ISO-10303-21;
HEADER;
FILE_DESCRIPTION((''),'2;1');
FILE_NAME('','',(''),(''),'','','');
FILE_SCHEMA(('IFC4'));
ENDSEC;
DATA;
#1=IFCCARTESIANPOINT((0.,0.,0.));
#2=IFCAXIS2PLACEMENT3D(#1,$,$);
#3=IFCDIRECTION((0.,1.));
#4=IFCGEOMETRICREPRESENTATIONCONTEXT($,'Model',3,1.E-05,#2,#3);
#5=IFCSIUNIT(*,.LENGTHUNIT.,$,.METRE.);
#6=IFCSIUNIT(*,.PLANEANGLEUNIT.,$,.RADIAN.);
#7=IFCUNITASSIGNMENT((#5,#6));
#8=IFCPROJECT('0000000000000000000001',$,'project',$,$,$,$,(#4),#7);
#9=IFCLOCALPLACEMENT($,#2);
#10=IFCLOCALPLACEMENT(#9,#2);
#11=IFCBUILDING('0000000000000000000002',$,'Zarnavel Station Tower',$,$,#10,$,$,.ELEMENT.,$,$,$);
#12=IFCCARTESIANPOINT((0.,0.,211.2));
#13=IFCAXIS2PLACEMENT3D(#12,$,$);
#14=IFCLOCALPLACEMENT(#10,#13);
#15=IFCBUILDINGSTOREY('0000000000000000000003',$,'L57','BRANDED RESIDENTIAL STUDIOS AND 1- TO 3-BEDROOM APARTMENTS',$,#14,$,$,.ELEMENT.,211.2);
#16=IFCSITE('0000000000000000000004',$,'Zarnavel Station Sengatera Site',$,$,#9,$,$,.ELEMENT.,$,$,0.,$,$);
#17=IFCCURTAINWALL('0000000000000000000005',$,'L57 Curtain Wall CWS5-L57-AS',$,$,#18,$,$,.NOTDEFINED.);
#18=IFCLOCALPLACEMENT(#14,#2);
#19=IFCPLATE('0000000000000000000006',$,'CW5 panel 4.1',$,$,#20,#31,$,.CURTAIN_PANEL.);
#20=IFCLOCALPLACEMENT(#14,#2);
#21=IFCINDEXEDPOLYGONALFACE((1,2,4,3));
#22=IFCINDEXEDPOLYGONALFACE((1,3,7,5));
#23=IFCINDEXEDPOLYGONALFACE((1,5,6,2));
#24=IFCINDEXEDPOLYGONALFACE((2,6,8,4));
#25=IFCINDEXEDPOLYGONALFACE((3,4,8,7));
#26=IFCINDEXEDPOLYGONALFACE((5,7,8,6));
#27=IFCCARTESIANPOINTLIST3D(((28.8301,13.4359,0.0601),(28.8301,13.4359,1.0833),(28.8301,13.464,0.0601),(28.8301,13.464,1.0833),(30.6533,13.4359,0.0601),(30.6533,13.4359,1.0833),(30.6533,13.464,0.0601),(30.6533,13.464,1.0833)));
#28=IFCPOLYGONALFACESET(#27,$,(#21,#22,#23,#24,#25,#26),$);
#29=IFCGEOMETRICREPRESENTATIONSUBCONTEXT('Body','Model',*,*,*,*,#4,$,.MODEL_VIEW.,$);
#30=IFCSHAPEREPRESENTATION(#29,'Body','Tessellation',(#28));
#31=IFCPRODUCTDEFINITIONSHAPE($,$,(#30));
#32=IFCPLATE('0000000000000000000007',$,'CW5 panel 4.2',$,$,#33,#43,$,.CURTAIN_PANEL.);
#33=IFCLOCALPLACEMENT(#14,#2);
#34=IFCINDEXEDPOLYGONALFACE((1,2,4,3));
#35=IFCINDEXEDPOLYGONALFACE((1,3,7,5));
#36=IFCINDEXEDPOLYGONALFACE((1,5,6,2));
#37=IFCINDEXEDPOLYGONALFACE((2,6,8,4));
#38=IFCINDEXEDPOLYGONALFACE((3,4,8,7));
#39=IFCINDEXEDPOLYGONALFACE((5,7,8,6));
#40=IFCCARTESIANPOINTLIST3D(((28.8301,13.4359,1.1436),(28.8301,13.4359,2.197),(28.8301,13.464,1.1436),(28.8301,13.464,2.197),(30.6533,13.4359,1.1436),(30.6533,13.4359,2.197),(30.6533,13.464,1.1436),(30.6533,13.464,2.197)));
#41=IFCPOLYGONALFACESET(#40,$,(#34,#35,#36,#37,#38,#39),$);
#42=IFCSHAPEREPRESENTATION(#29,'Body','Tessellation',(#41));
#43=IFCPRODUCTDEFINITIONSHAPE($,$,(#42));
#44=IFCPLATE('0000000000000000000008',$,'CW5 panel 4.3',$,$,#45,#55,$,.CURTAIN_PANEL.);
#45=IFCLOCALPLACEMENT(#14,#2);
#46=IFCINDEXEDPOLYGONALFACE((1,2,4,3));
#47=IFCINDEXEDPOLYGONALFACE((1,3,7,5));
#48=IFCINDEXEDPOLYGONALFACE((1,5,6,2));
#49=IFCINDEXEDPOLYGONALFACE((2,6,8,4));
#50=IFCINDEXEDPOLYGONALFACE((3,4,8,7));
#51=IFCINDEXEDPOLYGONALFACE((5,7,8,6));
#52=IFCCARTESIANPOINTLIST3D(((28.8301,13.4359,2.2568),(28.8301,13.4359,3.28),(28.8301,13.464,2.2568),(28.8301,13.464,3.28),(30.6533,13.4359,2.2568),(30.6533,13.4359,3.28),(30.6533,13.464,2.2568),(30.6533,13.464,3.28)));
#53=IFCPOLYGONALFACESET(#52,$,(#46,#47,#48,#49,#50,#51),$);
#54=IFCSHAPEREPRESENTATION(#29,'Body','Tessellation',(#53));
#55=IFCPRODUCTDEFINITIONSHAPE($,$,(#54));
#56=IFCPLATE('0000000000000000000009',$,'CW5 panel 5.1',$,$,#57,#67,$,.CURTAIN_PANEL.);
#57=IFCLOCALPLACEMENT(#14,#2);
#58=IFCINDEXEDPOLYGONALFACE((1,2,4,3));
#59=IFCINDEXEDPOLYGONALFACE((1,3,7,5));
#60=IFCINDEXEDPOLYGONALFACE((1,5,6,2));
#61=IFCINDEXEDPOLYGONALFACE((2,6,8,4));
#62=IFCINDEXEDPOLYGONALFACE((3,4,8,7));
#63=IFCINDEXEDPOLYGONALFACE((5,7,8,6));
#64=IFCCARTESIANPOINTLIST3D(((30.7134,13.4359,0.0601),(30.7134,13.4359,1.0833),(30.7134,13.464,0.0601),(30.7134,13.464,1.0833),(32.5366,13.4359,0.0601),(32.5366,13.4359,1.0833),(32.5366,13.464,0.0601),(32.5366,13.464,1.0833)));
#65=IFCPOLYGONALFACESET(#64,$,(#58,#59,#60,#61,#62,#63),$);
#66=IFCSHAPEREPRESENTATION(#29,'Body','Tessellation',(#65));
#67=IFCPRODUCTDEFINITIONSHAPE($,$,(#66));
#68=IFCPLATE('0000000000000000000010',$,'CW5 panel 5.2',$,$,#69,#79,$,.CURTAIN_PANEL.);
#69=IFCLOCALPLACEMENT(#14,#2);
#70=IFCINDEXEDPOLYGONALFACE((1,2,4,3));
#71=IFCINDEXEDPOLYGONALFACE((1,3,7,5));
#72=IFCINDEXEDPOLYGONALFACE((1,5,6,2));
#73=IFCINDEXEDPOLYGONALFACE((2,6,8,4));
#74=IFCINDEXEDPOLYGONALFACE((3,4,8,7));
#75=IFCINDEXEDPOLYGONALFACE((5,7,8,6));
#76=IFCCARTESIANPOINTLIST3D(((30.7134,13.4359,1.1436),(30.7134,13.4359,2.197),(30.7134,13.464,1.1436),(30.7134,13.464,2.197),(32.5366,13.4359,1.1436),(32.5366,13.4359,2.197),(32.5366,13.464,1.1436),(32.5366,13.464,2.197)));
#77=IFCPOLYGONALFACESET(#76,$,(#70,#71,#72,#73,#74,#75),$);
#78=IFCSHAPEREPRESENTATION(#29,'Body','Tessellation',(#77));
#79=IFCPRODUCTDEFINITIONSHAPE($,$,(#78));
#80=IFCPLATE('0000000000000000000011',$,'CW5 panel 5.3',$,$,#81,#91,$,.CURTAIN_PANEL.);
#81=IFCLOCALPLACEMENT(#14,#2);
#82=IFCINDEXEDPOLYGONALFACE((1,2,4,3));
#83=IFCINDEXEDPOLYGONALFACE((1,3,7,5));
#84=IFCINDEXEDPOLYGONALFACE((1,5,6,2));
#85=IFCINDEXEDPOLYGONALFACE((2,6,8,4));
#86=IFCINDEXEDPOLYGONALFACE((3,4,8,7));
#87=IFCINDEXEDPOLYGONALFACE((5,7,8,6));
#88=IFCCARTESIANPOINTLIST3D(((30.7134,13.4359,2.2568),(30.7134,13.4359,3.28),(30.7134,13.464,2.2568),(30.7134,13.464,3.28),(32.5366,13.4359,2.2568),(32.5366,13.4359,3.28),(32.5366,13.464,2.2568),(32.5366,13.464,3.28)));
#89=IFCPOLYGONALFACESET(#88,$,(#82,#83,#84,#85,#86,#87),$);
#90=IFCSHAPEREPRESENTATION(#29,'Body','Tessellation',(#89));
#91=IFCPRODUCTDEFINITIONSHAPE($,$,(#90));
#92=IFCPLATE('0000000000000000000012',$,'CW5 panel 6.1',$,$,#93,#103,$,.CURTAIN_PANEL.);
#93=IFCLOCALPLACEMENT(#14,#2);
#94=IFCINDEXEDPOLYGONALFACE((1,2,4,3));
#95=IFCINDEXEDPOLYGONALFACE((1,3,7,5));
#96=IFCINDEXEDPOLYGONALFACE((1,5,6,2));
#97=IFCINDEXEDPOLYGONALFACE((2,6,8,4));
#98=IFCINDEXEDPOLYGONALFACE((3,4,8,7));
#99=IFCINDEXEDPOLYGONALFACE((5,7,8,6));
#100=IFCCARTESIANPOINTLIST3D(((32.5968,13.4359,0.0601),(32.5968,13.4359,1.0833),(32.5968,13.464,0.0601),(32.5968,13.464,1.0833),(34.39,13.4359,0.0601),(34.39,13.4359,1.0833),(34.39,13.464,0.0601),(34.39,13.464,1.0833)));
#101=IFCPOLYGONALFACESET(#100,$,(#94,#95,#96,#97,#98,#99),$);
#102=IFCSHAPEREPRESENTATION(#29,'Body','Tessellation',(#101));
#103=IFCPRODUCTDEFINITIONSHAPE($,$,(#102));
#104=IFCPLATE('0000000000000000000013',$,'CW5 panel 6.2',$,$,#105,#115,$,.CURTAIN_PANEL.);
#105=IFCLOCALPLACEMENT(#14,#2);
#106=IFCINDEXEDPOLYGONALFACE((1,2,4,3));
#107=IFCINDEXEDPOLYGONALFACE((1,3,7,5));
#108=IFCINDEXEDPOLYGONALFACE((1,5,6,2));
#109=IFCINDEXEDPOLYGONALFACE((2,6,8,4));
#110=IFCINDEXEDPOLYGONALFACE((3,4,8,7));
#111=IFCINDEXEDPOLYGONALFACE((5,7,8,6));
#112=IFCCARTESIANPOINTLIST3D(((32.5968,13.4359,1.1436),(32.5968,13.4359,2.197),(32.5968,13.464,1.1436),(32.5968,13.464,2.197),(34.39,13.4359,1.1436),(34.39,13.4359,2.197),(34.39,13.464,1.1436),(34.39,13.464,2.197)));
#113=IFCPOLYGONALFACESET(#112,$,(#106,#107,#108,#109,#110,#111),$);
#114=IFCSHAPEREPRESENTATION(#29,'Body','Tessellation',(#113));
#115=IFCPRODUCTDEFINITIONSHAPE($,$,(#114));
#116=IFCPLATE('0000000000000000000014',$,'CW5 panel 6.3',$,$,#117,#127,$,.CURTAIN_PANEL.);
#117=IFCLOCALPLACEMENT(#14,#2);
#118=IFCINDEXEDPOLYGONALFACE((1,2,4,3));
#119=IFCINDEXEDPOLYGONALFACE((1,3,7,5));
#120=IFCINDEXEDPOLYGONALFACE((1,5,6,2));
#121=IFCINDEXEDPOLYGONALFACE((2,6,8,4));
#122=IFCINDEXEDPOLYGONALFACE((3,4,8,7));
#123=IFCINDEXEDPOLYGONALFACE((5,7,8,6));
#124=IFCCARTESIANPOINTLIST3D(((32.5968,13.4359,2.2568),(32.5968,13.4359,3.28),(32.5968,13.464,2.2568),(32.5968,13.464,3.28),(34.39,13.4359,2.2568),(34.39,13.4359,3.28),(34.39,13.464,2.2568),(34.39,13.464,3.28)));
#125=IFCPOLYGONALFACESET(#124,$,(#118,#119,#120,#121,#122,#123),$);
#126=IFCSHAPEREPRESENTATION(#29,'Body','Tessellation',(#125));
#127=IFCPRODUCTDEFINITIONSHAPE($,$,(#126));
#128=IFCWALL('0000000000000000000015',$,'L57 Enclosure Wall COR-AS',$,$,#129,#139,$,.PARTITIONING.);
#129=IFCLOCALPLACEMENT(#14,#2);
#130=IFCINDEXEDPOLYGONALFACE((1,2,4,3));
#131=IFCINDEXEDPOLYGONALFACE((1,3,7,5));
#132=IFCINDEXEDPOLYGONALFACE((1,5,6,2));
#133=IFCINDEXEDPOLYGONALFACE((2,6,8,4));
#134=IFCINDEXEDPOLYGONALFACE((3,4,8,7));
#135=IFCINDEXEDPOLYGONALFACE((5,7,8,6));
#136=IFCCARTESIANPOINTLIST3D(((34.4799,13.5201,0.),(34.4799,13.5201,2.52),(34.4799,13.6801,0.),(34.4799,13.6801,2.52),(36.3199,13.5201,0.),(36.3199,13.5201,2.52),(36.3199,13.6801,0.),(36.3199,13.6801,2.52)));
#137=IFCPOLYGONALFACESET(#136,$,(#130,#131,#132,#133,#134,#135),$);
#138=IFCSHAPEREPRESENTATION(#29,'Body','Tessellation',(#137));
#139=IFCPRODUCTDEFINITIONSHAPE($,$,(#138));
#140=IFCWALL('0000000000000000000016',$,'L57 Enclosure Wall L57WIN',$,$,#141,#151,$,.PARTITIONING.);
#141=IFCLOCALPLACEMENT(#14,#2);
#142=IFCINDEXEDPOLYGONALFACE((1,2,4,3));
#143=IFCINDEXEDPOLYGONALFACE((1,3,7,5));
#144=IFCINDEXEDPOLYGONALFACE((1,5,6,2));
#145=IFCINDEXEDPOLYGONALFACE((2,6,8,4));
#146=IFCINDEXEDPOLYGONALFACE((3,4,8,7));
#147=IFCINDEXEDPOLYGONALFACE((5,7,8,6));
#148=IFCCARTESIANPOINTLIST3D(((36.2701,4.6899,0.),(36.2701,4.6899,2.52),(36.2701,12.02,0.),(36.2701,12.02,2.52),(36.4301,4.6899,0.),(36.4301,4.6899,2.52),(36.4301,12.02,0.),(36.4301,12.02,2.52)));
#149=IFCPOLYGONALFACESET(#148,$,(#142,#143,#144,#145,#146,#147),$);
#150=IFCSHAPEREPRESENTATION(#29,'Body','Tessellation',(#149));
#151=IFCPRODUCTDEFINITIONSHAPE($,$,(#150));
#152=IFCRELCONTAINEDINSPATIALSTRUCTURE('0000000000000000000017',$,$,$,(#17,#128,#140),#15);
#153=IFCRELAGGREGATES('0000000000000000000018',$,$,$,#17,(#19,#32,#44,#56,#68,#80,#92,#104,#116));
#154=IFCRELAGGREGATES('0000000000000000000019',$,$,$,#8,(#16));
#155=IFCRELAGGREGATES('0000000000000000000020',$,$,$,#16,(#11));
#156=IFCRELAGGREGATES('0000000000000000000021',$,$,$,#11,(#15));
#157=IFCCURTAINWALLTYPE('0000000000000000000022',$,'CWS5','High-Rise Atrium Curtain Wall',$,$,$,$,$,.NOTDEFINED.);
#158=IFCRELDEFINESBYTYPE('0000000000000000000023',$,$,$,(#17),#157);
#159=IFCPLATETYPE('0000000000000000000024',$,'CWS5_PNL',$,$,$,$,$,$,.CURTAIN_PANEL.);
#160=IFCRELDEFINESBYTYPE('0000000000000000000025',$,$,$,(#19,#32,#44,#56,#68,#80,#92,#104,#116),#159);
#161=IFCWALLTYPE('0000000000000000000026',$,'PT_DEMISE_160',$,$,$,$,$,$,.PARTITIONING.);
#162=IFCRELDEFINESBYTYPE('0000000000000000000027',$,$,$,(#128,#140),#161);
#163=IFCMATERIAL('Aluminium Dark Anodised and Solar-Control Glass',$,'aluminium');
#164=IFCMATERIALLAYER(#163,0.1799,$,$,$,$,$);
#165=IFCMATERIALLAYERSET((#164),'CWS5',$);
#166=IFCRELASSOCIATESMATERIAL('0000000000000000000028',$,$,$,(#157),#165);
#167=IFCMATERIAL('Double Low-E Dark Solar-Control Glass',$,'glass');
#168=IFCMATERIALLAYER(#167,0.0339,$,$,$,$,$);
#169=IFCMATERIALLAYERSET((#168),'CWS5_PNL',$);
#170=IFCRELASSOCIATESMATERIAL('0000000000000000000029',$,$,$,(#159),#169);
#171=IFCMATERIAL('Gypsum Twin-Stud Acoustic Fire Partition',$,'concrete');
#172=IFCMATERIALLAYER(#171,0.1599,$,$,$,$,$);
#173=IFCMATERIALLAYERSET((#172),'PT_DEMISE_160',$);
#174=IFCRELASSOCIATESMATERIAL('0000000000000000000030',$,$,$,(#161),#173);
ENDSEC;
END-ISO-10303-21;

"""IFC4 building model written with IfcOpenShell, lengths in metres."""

from ifc_helpers import new_model, si_unit, direction, frame, frame_2d, origin, origin_2d, place, context, subcontext, project, spatial, rectangle, extrude, material, layer, layer_set, type_object, element, aggregate, save


model = new_model("IFC4")

# Units and contexts
model_context = context("Model", 3, precision=1e-05, world=origin(), true_north=direction((0.0, 1.0)))
body_context = subcontext(model_context, "Body", "Model", "MODEL_VIEW")
ifc_project = project(units=[si_unit("LENGTHUNIT", "METRE"), si_unit("PLANEANGLEUNIT", "RADIAN")], contexts=[model_context])

# Site, building, storey
site_placement = place(None, origin())
site = spatial("IfcSite", under=ifc_project, at=site_placement, Name="Zarnavel Station Sengatera Site", CompositionType="ELEMENT", RefElevation=0.0)
building_placement = place(site_placement, origin())
building = spatial("IfcBuilding", under=site, at=building_placement, Name="Zarnavel Station Tower", CompositionType="ELEMENT")
storey_placement = place(building_placement, frame((0.0, 0.0, 211.2)))
storey = spatial("IfcBuildingStorey", under=building, at=storey_placement, Name="L57", Description="BRANDED RESIDENTIAL STUDIOS AND 1- TO 3-BEDROOM APARTMENTS", CompositionType="ELEMENT", Elevation=211.2)

# Curtain wall
ifc_material_1 = material(Name="Aluminium Dark Anodised and Solar-Control Glass", Category="aluminium")
ifc_layer_1 = layer(ifc_material_1, 0.1799)
ifc_layer_set_1 = layer_set([ifc_layer_1], Name="CWS5")
curtain_wall_type = type_object("IfcCurtainWallType", Name="CWS5", Description="High-Rise Atrium Curtain Wall", PredefinedType="NOTDEFINED", material=ifc_layer_set_1)
curtain_wall_placement = place(storey_placement, origin())
curtain_wall = element("IfcCurtainWall", 1, at=curtain_wall_placement, inside=storey, type_object=curtain_wall_type, Name="L57 Curtain Wall CWS5-L57-AS", PredefinedType="NOTDEFINED")

# Plates
ifc_material_2 = material(Name="Double Low-E Dark Solar-Control Glass", Category="glass")
ifc_layer_2 = layer(ifc_material_2, 0.0339)
ifc_layer_set_2 = layer_set([ifc_layer_2], Name="CWS5_PNL")
plate_type = type_object("IfcPlateType", Name="CWS5_PNL", PredefinedType="CURTAIN_PANEL", material=ifc_layer_set_2)
plate_1_placement = place(storey_placement, frame((29.7417, 13.45, 0.0601), z_axis=(0.0, 0.0, 1.0), x_axis=(1.0, 0.0, 0.0)))
plate_1 = element("IfcPlate", 2, at=plate_1_placement, type_object=plate_type, Name="CW5 panel 4.1", PredefinedType="CURTAIN_PANEL", context=body_context, shape_type="SweptSolid", body=[
    extrude(rectangle(XDim=1.8232, YDim=0.0281, at=origin_2d()), origin(), (0.0, 0.0, 1.0), 1.0232),
])
plate_2_placement = place(storey_placement, frame((29.7417, 13.45, 1.1436), z_axis=(0.0, 0.0, 1.0), x_axis=(1.0, 0.0, 0.0)))
plate_2 = element("IfcPlate", 3, at=plate_2_placement, type_object=plate_type, Name="CW5 panel 4.2", PredefinedType="CURTAIN_PANEL", context=body_context, shape_type="SweptSolid", body=[
    extrude(rectangle(XDim=1.8232, YDim=0.0281, at=origin_2d()), origin(), (0.0, 0.0, 1.0), 1.0535),
])
plate_3_placement = place(storey_placement, frame((29.7417, 13.45, 2.2568), z_axis=(0.0, 0.0, 1.0), x_axis=(1.0, 0.0, 0.0)))
plate_3 = element("IfcPlate", 4, at=plate_3_placement, type_object=plate_type, Name="CW5 panel 4.3", PredefinedType="CURTAIN_PANEL", context=body_context, shape_type="SweptSolid", body=[
    extrude(rectangle(XDim=1.8232, YDim=0.0281, at=origin_2d()), origin(), (0.0, 0.0, 1.0), 1.0232),
])
plate_4_placement = place(storey_placement, frame((31.625, 13.45, 0.0601), z_axis=(0.0, 0.0, 1.0), x_axis=(1.0, 0.0, 0.0)))
plate_4 = element("IfcPlate", 5, at=plate_4_placement, type_object=plate_type, Name="CW5 panel 5.1", PredefinedType="CURTAIN_PANEL", context=body_context, shape_type="SweptSolid", body=[
    extrude(rectangle(XDim=1.8232, YDim=0.0281, at=origin_2d()), origin(), (0.0, 0.0, 1.0), 1.0232),
])
plate_5_placement = place(storey_placement, frame((31.625, 13.45, 1.1436), z_axis=(0.0, 0.0, 1.0), x_axis=(1.0, 0.0, 0.0)))
plate_5 = element("IfcPlate", 6, at=plate_5_placement, type_object=plate_type, Name="CW5 panel 5.2", PredefinedType="CURTAIN_PANEL", context=body_context, shape_type="SweptSolid", body=[
    extrude(rectangle(XDim=1.8232, YDim=0.0281, at=origin_2d()), origin(), (0.0, 0.0, 1.0), 1.0535),
])
plate_6_placement = place(storey_placement, frame((31.625, 13.45, 2.2568), z_axis=(0.0, 0.0, 1.0), x_axis=(1.0, 0.0, 0.0)))
plate_6 = element("IfcPlate", 7, at=plate_6_placement, type_object=plate_type, Name="CW5 panel 5.3", PredefinedType="CURTAIN_PANEL", context=body_context, shape_type="SweptSolid", body=[
    extrude(rectangle(XDim=1.8232, YDim=0.0281, at=origin_2d()), origin(), (0.0, 0.0, 1.0), 1.0232),
])
plate_7_placement = place(storey_placement, frame((33.4934, 13.45, 0.0601), z_axis=(0.0, 0.0, 1.0), x_axis=(1.0, 0.0, 0.0)))
plate_7 = element("IfcPlate", 8, at=plate_7_placement, type_object=plate_type, Name="CW5 panel 6.1", PredefinedType="CURTAIN_PANEL", context=body_context, shape_type="SweptSolid", body=[
    extrude(rectangle(XDim=1.7932, YDim=0.0281, at=origin_2d()), origin(), (0.0, 0.0, 1.0), 1.0232),
])
plate_8_placement = place(storey_placement, frame((33.4934, 13.45, 1.1436), z_axis=(0.0, 0.0, 1.0), x_axis=(1.0, 0.0, 0.0)))
plate_8 = element("IfcPlate", 9, at=plate_8_placement, type_object=plate_type, Name="CW5 panel 6.2", PredefinedType="CURTAIN_PANEL", context=body_context, shape_type="SweptSolid", body=[
    extrude(rectangle(XDim=1.7932, YDim=0.0281, at=origin_2d()), origin(), (0.0, 0.0, 1.0), 1.0535),
])
plate_9_placement = place(storey_placement, frame((33.4934, 13.45, 2.2568), z_axis=(0.0, 0.0, 1.0), x_axis=(1.0, 0.0, 0.0)))
plate_9 = element("IfcPlate", 10, at=plate_9_placement, type_object=plate_type, Name="CW5 panel 6.3", PredefinedType="CURTAIN_PANEL", context=body_context, shape_type="SweptSolid", body=[
    extrude(rectangle(XDim=1.7932, YDim=0.0281, at=origin_2d()), origin(), (0.0, 0.0, 1.0), 1.0232),
])
aggregate(curtain_wall, [plate_1, plate_2, plate_3, plate_4, plate_5, plate_6, plate_7, plate_8, plate_9])

# Walls
ifc_material_3 = material(Name="Gypsum Twin-Stud Acoustic Fire Partition", Category="concrete")
ifc_layer_3 = layer(ifc_material_3, 0.1599)
ifc_layer_set_3 = layer_set([ifc_layer_3], Name="PT_DEMISE_160")
wall_type = type_object("IfcWallType", Name="PT_DEMISE_160", PredefinedType="PARTITIONING", material=ifc_layer_set_3)
wall_1_placement = place(storey_placement, frame((34.48, 13.6001, 0.0), z_axis=(0.0, 0.0, 1.0), x_axis=(1.0, 0.0, 0.0)))
element("IfcWall", 11, at=wall_1_placement, inside=storey, type_object=wall_type, Name="L57 Enclosure Wall COR-AS", PredefinedType="PARTITIONING", context=body_context, shape_type="SweptSolid", body=[
    extrude(rectangle(XDim=1.8401, YDim=0.1599, at=frame_2d((0.9199, 0.0))), origin(), (0.0, 0.0, 1.0), 2.52),
])
wall_2_placement = place(storey_placement, frame((36.3501, 4.6899, 0.0), z_axis=(0.0, 0.0, 1.0), x_axis=(0.0, 1.0, 0.0)))
element("IfcWall", 12, at=wall_2_placement, inside=storey, type_object=wall_type, Name="L57 Enclosure Wall L57WIN", PredefinedType="PARTITIONING", context=body_context, shape_type="SweptSolid", body=[
    extrude(rectangle(XDim=7.3301, YDim=0.1599, at=frame_2d((3.665, 0.0))), origin(), (0.0, 0.0, 1.0), 2.52),
])

save(model, "model.ifc")
